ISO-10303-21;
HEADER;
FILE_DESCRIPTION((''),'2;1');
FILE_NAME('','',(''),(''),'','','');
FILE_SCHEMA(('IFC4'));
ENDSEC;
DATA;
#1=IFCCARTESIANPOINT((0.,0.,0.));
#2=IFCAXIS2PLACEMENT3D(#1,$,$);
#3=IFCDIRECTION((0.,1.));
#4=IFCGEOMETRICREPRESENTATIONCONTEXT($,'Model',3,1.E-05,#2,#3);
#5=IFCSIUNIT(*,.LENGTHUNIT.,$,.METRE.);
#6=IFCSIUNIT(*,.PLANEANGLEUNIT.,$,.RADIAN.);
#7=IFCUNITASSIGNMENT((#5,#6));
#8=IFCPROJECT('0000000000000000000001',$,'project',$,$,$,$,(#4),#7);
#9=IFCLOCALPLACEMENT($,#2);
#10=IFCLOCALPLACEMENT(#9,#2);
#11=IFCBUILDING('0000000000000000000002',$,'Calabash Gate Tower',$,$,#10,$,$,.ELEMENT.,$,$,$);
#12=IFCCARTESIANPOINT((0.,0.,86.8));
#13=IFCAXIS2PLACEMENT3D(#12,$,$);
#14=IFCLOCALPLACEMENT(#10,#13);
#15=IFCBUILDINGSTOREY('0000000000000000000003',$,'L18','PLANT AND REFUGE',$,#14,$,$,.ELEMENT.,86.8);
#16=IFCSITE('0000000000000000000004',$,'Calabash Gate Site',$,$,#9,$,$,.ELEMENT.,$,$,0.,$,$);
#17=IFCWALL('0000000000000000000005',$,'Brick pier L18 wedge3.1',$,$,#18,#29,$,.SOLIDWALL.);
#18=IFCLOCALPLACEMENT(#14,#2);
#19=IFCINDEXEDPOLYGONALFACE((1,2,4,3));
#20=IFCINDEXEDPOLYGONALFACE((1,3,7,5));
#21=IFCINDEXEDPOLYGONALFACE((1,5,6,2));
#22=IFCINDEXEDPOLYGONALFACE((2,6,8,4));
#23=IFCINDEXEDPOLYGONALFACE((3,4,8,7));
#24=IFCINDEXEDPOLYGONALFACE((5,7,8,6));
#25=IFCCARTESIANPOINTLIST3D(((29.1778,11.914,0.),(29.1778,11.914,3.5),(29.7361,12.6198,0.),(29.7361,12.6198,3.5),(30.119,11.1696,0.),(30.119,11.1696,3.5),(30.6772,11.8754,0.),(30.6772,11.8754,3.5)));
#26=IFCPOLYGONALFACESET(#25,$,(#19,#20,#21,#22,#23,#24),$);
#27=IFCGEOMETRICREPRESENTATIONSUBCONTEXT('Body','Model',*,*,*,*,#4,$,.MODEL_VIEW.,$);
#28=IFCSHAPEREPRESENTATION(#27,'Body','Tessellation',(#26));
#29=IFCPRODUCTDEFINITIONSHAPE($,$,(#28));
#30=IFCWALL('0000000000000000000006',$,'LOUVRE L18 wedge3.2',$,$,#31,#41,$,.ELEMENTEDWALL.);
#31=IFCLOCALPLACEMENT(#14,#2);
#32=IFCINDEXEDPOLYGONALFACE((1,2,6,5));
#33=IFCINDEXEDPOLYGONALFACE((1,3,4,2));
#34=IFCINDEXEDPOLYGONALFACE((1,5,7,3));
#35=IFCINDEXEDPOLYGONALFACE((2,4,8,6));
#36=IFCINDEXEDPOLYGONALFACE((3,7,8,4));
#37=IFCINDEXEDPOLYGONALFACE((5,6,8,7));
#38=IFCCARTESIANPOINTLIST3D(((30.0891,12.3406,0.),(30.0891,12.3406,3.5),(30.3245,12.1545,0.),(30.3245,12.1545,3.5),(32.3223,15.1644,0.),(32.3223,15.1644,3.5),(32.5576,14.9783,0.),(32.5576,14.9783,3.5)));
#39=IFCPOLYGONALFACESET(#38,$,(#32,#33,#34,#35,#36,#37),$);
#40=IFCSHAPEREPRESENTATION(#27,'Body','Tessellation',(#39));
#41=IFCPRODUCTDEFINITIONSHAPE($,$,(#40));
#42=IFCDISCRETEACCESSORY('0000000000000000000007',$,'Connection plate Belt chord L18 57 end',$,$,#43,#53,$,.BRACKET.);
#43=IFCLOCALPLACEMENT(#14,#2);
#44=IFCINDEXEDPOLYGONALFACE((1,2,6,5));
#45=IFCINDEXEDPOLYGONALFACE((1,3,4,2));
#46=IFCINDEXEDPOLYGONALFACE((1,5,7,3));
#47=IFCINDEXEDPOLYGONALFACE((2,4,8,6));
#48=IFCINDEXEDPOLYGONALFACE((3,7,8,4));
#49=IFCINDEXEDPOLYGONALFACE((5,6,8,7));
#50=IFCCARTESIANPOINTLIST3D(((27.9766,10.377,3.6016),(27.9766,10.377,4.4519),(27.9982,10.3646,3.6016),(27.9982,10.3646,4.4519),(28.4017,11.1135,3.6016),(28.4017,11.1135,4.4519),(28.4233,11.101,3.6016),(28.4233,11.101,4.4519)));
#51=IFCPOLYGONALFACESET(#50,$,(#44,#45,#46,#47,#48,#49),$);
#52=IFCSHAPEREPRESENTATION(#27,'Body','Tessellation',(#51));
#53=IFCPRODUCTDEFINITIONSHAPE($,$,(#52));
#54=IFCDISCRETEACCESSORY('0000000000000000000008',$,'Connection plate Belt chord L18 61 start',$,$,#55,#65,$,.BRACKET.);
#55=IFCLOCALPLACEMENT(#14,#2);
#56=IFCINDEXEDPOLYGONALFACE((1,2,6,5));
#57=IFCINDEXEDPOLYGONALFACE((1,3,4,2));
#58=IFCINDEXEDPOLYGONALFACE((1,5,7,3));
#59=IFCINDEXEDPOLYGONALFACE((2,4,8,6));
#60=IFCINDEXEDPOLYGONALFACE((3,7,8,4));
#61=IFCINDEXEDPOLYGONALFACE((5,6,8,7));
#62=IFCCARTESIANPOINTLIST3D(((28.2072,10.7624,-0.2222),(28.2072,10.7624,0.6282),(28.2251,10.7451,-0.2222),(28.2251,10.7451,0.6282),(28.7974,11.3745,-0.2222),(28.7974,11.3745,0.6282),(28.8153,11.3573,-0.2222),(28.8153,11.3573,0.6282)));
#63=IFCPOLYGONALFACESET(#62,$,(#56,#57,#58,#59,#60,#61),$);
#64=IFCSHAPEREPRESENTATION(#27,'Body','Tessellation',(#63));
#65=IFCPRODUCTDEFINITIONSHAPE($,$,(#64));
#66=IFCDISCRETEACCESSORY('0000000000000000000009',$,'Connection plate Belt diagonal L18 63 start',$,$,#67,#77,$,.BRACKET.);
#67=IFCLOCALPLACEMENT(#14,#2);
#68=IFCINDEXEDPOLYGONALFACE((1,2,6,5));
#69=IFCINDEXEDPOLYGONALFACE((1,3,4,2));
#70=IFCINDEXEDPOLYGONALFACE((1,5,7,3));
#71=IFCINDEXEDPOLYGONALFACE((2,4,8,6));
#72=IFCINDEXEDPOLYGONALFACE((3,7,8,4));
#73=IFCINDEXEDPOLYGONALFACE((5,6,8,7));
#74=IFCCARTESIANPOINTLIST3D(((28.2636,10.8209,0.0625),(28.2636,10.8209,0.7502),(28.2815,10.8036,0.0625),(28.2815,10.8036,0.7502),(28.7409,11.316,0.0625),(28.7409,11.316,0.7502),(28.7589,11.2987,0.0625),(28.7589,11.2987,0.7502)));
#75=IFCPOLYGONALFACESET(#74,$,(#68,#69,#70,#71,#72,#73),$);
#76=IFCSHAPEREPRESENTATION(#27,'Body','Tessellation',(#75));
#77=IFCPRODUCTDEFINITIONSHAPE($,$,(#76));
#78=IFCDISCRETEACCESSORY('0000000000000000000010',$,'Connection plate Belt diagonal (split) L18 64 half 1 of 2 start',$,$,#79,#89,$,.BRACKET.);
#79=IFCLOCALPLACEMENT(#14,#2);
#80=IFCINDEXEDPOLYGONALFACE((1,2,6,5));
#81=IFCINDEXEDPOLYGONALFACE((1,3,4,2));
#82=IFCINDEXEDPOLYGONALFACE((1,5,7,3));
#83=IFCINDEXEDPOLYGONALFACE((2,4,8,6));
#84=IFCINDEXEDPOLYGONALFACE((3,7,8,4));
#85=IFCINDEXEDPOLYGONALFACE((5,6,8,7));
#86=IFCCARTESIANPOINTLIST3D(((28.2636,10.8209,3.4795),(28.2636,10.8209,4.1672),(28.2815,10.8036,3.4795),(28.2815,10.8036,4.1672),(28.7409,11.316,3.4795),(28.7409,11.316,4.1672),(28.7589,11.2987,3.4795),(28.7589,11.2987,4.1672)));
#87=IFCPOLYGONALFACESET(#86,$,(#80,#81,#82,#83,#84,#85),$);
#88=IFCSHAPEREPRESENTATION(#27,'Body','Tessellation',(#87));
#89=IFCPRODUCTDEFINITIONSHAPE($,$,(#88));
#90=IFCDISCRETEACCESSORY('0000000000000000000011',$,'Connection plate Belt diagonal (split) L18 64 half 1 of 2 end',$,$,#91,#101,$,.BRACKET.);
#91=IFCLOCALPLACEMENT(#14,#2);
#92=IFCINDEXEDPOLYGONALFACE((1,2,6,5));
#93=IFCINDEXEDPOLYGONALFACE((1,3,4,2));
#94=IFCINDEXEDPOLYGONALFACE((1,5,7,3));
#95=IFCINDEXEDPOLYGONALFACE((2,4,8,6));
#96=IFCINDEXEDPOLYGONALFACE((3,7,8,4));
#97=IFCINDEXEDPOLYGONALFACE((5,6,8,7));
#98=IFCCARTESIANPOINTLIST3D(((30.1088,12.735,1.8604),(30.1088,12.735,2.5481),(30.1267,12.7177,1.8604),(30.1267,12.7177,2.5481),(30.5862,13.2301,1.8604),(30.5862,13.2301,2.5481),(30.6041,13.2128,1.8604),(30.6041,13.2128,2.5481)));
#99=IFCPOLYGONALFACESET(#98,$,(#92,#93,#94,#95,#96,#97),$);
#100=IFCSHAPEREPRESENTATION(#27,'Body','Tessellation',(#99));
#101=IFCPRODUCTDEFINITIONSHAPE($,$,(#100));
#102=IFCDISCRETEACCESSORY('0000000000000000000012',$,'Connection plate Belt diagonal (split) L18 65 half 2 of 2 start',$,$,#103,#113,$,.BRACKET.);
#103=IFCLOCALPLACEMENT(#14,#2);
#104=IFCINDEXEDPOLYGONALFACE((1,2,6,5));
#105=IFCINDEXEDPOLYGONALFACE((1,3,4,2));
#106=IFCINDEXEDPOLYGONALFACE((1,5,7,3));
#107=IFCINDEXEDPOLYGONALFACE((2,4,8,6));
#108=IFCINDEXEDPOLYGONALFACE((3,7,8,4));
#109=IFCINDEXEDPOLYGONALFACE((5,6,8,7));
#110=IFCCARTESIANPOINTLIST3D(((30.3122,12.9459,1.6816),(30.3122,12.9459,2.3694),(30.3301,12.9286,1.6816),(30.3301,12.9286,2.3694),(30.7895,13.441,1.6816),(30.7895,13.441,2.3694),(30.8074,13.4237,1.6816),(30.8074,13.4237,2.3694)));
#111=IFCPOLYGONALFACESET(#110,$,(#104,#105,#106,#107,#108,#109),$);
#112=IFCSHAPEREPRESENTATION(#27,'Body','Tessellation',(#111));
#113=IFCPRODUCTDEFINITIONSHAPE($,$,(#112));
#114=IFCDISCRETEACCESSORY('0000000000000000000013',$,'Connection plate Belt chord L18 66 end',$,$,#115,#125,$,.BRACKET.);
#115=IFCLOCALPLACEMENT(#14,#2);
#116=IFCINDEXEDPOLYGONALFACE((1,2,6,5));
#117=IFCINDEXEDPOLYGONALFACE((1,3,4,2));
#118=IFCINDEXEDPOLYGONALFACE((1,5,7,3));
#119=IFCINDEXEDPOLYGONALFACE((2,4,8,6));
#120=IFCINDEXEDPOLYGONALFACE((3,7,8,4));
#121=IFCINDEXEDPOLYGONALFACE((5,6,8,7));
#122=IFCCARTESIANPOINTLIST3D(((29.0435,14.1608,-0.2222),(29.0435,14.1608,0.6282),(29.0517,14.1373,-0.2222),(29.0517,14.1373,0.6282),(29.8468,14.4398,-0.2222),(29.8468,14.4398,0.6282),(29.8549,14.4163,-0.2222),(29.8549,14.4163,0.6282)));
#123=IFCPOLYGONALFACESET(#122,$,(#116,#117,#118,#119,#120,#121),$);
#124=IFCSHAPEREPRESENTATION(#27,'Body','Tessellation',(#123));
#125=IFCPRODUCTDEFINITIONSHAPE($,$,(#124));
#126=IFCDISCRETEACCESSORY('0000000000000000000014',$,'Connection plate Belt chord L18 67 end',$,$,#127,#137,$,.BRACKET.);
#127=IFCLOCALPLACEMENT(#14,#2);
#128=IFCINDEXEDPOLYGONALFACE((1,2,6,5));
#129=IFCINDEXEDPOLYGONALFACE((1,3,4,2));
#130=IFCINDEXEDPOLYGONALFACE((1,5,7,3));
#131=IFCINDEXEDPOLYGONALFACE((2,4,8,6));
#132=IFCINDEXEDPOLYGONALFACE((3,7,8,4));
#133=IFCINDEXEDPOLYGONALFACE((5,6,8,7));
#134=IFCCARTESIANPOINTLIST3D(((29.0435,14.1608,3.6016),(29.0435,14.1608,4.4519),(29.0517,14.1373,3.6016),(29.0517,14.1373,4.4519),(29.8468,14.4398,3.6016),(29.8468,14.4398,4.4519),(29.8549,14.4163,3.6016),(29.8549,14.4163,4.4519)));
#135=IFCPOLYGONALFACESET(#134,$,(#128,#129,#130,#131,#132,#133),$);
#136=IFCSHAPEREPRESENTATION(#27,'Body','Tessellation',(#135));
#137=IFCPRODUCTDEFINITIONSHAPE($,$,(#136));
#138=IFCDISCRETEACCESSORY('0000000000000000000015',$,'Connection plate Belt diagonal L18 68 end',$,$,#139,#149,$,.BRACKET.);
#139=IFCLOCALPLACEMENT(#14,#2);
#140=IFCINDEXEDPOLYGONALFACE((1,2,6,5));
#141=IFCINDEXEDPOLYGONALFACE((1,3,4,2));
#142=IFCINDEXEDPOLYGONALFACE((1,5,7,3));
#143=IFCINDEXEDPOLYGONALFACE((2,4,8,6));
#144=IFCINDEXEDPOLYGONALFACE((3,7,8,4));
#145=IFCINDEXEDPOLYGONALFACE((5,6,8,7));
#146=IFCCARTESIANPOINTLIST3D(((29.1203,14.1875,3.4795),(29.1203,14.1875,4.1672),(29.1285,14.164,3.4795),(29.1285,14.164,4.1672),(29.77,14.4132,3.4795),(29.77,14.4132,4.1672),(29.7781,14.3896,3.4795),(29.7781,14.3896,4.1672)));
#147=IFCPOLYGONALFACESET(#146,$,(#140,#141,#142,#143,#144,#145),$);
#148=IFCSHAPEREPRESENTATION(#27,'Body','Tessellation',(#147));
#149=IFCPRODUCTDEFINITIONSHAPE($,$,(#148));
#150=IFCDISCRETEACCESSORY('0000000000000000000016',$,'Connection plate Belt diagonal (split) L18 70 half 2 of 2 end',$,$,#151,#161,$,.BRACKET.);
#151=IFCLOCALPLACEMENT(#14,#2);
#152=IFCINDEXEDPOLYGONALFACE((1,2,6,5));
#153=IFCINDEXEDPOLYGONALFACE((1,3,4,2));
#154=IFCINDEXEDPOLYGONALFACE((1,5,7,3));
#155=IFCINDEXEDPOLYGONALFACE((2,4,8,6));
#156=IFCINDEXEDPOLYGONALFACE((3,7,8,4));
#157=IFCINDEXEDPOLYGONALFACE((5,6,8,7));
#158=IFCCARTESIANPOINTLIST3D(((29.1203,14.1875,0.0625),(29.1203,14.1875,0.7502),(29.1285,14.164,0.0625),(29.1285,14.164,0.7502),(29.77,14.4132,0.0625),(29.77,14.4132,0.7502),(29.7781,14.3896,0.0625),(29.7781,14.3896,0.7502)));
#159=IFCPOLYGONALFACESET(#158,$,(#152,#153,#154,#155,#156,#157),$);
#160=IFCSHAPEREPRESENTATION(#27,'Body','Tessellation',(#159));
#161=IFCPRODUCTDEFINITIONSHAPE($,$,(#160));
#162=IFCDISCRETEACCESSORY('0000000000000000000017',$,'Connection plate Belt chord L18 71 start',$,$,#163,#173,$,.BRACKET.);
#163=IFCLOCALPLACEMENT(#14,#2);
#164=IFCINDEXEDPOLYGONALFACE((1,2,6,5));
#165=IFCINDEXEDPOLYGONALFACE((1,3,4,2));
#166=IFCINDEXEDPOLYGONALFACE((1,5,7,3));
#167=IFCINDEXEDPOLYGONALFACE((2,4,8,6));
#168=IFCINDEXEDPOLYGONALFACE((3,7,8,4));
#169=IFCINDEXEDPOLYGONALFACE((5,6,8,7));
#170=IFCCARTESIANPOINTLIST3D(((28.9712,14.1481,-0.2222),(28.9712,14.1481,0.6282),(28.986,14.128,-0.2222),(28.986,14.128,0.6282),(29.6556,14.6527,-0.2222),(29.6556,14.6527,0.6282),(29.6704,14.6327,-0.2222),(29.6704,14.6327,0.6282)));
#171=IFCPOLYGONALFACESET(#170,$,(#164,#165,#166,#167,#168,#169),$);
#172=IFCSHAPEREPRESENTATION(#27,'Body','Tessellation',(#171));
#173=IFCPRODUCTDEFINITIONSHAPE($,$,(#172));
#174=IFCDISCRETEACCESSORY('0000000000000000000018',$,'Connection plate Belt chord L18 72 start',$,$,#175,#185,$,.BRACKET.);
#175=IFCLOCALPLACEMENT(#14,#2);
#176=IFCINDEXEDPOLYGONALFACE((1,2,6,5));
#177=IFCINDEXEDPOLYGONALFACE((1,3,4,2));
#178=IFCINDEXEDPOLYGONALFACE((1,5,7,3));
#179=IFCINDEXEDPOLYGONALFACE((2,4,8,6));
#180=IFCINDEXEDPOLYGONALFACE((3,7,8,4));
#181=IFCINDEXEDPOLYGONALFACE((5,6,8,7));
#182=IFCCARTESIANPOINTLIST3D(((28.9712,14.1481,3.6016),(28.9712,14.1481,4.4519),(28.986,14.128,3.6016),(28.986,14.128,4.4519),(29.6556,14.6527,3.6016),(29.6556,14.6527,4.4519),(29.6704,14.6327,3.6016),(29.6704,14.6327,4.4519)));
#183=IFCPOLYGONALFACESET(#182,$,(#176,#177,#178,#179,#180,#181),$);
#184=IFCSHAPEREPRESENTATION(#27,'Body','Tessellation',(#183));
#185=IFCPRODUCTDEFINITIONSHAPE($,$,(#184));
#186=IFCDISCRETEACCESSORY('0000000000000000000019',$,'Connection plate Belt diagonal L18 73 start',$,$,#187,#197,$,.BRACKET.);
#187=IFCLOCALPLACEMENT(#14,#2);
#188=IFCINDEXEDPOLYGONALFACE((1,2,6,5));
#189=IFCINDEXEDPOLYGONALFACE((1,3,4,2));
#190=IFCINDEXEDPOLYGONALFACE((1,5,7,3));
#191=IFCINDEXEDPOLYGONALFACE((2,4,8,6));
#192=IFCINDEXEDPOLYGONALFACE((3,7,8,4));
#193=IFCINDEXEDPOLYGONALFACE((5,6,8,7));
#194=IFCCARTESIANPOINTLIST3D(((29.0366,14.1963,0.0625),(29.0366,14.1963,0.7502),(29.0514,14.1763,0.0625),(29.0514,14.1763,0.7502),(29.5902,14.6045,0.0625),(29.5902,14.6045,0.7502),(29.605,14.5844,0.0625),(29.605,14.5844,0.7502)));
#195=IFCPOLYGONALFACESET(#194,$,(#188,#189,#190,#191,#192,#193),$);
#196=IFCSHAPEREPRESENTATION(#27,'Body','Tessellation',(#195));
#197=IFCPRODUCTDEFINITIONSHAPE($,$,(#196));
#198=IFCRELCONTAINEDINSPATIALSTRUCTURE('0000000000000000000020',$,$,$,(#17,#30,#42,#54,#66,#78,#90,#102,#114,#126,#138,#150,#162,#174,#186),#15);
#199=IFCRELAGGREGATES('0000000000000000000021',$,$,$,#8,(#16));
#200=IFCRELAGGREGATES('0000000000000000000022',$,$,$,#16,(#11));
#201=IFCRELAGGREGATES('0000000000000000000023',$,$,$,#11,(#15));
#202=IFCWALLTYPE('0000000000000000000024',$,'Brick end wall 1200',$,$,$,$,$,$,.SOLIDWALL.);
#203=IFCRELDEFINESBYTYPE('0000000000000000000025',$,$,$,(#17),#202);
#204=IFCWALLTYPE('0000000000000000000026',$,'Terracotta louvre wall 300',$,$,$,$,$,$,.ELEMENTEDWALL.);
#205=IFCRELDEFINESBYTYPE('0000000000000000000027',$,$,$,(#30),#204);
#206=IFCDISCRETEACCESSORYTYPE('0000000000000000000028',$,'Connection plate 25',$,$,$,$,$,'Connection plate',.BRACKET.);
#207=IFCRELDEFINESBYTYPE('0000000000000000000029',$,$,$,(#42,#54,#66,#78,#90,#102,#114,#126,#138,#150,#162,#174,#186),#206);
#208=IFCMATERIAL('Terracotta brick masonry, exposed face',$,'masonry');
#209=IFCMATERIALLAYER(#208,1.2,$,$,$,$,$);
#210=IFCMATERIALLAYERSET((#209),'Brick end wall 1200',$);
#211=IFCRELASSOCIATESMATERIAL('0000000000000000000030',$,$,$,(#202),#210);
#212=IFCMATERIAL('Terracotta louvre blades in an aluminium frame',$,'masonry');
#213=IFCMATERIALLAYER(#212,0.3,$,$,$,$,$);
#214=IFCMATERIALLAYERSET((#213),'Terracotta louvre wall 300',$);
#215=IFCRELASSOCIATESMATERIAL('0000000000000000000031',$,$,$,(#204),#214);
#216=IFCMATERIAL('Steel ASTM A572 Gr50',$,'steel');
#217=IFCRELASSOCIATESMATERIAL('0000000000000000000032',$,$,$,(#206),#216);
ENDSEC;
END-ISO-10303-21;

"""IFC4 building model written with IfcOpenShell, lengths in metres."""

from ifc_helpers import new_model, si_unit, direction, frame, frame_2d, origin, origin_2d, place, context, subcontext, project, spatial, rectangle, extrude, material, layer, layer_set, type_object, element, save


model = new_model("IFC4")

# Units and contexts
model_context = context("Model", 3, precision=1e-05, world=origin(), true_north=direction((0.0, 1.0)))
body_context = subcontext(model_context, "Body", "Model", "MODEL_VIEW")
ifc_project = project(units=[si_unit("LENGTHUNIT", "METRE"), si_unit("PLANEANGLEUNIT", "RADIAN")], contexts=[model_context])

# Site, building, storey
site_placement = place(None, origin())
site = spatial("IfcSite", under=ifc_project, at=site_placement, Name="Calabash Gate Site", CompositionType="ELEMENT", RefElevation=0.0)
building_placement = place(site_placement, origin())
building = spatial("IfcBuilding", under=site, at=building_placement, Name="Calabash Gate Tower", CompositionType="ELEMENT")
storey_placement = place(building_placement, frame((0.0, 0.0, 86.8)))
storey = spatial("IfcBuildingStorey", under=building, at=storey_placement, Name="L18", Description="PLANT AND REFUGE", CompositionType="ELEMENT", Elevation=86.8)

# Walls
ifc_material_1 = material(Name="Terracotta brick masonry, exposed face", Category="masonry")
ifc_layer_1 = layer(ifc_material_1, 1.2)
ifc_layer_set_1 = layer_set([ifc_layer_1], Name="Brick end wall 1200")
wall_type_1 = type_object("IfcWallType", Name="Brick end wall 1200", PredefinedType="SOLIDWALL", material=ifc_layer_set_1)
wall_1_placement = place(storey_placement, frame((30.3982, 11.5225, 0.0), z_axis=(0.0, 0.0, 1.0), x_axis=(-0.78433, 0.620343, 0.0)))
element("IfcWall", 1, at=wall_1_placement, inside=storey, type_object=wall_type_1, Name="Brick pier L18 wedge3.1", PredefinedType="SOLIDWALL", context=body_context, shape_type="SweptSolid", body=[
    extrude(rectangle(XDim=1.2, YDim=0.8999, at=frame_2d((0.6001, 0.0))), origin(), (0.0, 0.0, 1.0), 3.5),
])
ifc_material_2 = material(Name="Terracotta louvre blades in an aluminium frame", Category="masonry")
ifc_layer_2 = layer(ifc_material_2, 0.3)
ifc_layer_set_2 = layer_set([ifc_layer_2], Name="Terracotta louvre wall 300")
wall_type_2 = type_object("IfcWallType", Name="Terracotta louvre wall 300", PredefinedType="ELEMENTEDWALL", material=ifc_layer_set_2)
wall_2_placement = place(storey_placement, frame((30.2068, 12.2476, 0.0), z_axis=(0.0, 0.0, 1.0), x_axis=(0.62031, 0.784357, 0.0)))
element("IfcWall", 2, at=wall_2_placement, inside=storey, type_object=wall_type_2, Name="LOUVRE L18 wedge3.2", PredefinedType="ELEMENTEDWALL", context=body_context, shape_type="SweptSolid", body=[
    extrude(rectangle(XDim=3.6001, YDim=0.3, at=frame_2d((1.8, 0.0))), origin(), (0.0, 0.0, 1.0), 3.5),
])

# Discrete accessories
ifc_material_3 = material(Name="Steel ASTM A572 Gr50", Category="steel")
discrete_accessory_type = type_object("IfcDiscreteAccessoryType", Name="Connection plate 25", ElementType="Connection plate", PredefinedType="BRACKET", material=ifc_material_3)
for number, where, z_axis, x_axis, name in (
    (3, (28.2, 10.739, 3.6016), (0.0, 0.0, 1.0), (0.499986, 0.866034, 0.0), "Connection plate Belt chord L18 57 end"),
    (4, (28.5112, 11.0598, -0.2222), (0.0, 0.0, 1.0), (0.694062, 0.719915, 0.0), "Connection plate Belt chord L18 61 start"),
):
    element("IfcDiscreteAccessory", number, at=place(storey_placement, frame(where, z_axis=z_axis, x_axis=x_axis)), inside=storey, type_object=discrete_accessory_type, Name=name, PredefinedType="BRACKET", context=body_context, shape_type="SweptSolid", body=[
        extrude(rectangle(XDim=0.8503, YDim=0.0249, at=origin_2d()), origin(), (0.0, 0.0, 1.0), 0.8503),
    ])
for number, where, z_axis, x_axis, name in (
    (5, (28.5112, 11.0598, 0.0625), (0.0, 0.0, 1.0), (0.694062, 0.719915, 0.0), "Connection plate Belt diagonal L18 63 start"),
    (6, (28.5112, 11.0598, 3.4795), (0.0, 0.0, 1.0), (0.694062, 0.719915, 0.0), "Connection plate Belt diagonal (split) L18 64 half 1 of 2 start"),
    (7, (30.3564, 12.9739, 1.8604), (0.0, 0.0, 1.0), (0.694062, 0.719915, 0.0), "Connection plate Belt diagonal (split) L18 64 half 1 of 2 end"),
    (8, (30.5598, 13.1848, 1.6816), (0.0, 0.0, 1.0), (0.694062, 0.719915, 0.0), "Connection plate Belt diagonal (split) L18 65 half 2 of 2 start"),
):
    element("IfcDiscreteAccessory", number, at=place(storey_placement, frame(where, z_axis=z_axis, x_axis=x_axis)), inside=storey, type_object=discrete_accessory_type, Name=name, PredefinedType="BRACKET", context=body_context, shape_type="SweptSolid", body=[
        extrude(rectangle(XDim=0.6877, YDim=0.0249, at=origin_2d()), origin(), (0.0, 0.0, 1.0), 0.6877),
    ])
for number, where, z_axis, x_axis, name in (
    (9, (29.4492, 14.2886, -0.2222), (0.0, 0.0, 1.0), (-0.944637, -0.328118, 0.0), "Connection plate Belt chord L18 66 end"),
    (10, (29.4492, 14.2886, 3.6016), (0.0, 0.0, 1.0), (-0.944637, -0.328118, 0.0), "Connection plate Belt chord L18 67 end"),
):
    element("IfcDiscreteAccessory", number, at=place(storey_placement, frame(where, z_axis=z_axis, x_axis=x_axis)), inside=storey, type_object=discrete_accessory_type, Name=name, PredefinedType="BRACKET", context=body_context, shape_type="SweptSolid", body=[
        extrude(rectangle(XDim=0.8503, YDim=0.0249, at=origin_2d()), origin(), (0.0, 0.0, 1.0), 0.8503),
    ])
for number, where, z_axis, x_axis, name in (
    (11, (29.4492, 14.2886, 3.4795), (0.0, 0.0, 1.0), (-0.944637, -0.328118, 0.0), "Connection plate Belt diagonal L18 68 end"),
    (12, (29.4492, 14.2886, 0.0625), (0.0, 0.0, 1.0), (-0.944637, -0.328118, 0.0), "Connection plate Belt diagonal (split) L18 70 half 2 of 2 end"),
):
    element("IfcDiscreteAccessory", number, at=place(storey_placement, frame(where, z_axis=z_axis, x_axis=x_axis)), inside=storey, type_object=discrete_accessory_type, Name=name, PredefinedType="BRACKET", context=body_context, shape_type="SweptSolid", body=[
        extrude(rectangle(XDim=0.6877, YDim=0.0249, at=origin_2d()), origin(), (0.0, 0.0, 1.0), 0.6877),
    ])
for number, where, z_axis, x_axis, name in (
    (13, (29.3208, 14.3904, -0.2222), (0.0, 0.0, 1.0), (0.80488, 0.593438, 0.0), "Connection plate Belt chord L18 71 start"),
    (14, (29.3208, 14.3904, 3.6016), (0.0, 0.0, 1.0), (0.80488, 0.593438, 0.0), "Connection plate Belt chord L18 72 start"),
):
    element("IfcDiscreteAccessory", number, at=place(storey_placement, frame(where, z_axis=z_axis, x_axis=x_axis)), inside=storey, type_object=discrete_accessory_type, Name=name, PredefinedType="BRACKET", context=body_context, shape_type="SweptSolid", body=[
        extrude(rectangle(XDim=0.8503, YDim=0.0249, at=origin_2d()), origin(), (0.0, 0.0, 1.0), 0.8503),
    ])
discrete_accessory_placement = place(storey_placement, frame((29.3208, 14.3904, 0.0625), z_axis=(0.0, 0.0, 1.0), x_axis=(0.80488, 0.593438, 0.0)))
element("IfcDiscreteAccessory", 15, at=discrete_accessory_placement, inside=storey, type_object=discrete_accessory_type, Name="Connection plate Belt diagonal L18 73 start", PredefinedType="BRACKET", context=body_context, shape_type="SweptSolid", body=[
    extrude(rectangle(XDim=0.6877, YDim=0.0249, at=origin_2d()), origin(), (0.0, 0.0, 1.0), 0.6877),
])

save(model, "model.ifc")
